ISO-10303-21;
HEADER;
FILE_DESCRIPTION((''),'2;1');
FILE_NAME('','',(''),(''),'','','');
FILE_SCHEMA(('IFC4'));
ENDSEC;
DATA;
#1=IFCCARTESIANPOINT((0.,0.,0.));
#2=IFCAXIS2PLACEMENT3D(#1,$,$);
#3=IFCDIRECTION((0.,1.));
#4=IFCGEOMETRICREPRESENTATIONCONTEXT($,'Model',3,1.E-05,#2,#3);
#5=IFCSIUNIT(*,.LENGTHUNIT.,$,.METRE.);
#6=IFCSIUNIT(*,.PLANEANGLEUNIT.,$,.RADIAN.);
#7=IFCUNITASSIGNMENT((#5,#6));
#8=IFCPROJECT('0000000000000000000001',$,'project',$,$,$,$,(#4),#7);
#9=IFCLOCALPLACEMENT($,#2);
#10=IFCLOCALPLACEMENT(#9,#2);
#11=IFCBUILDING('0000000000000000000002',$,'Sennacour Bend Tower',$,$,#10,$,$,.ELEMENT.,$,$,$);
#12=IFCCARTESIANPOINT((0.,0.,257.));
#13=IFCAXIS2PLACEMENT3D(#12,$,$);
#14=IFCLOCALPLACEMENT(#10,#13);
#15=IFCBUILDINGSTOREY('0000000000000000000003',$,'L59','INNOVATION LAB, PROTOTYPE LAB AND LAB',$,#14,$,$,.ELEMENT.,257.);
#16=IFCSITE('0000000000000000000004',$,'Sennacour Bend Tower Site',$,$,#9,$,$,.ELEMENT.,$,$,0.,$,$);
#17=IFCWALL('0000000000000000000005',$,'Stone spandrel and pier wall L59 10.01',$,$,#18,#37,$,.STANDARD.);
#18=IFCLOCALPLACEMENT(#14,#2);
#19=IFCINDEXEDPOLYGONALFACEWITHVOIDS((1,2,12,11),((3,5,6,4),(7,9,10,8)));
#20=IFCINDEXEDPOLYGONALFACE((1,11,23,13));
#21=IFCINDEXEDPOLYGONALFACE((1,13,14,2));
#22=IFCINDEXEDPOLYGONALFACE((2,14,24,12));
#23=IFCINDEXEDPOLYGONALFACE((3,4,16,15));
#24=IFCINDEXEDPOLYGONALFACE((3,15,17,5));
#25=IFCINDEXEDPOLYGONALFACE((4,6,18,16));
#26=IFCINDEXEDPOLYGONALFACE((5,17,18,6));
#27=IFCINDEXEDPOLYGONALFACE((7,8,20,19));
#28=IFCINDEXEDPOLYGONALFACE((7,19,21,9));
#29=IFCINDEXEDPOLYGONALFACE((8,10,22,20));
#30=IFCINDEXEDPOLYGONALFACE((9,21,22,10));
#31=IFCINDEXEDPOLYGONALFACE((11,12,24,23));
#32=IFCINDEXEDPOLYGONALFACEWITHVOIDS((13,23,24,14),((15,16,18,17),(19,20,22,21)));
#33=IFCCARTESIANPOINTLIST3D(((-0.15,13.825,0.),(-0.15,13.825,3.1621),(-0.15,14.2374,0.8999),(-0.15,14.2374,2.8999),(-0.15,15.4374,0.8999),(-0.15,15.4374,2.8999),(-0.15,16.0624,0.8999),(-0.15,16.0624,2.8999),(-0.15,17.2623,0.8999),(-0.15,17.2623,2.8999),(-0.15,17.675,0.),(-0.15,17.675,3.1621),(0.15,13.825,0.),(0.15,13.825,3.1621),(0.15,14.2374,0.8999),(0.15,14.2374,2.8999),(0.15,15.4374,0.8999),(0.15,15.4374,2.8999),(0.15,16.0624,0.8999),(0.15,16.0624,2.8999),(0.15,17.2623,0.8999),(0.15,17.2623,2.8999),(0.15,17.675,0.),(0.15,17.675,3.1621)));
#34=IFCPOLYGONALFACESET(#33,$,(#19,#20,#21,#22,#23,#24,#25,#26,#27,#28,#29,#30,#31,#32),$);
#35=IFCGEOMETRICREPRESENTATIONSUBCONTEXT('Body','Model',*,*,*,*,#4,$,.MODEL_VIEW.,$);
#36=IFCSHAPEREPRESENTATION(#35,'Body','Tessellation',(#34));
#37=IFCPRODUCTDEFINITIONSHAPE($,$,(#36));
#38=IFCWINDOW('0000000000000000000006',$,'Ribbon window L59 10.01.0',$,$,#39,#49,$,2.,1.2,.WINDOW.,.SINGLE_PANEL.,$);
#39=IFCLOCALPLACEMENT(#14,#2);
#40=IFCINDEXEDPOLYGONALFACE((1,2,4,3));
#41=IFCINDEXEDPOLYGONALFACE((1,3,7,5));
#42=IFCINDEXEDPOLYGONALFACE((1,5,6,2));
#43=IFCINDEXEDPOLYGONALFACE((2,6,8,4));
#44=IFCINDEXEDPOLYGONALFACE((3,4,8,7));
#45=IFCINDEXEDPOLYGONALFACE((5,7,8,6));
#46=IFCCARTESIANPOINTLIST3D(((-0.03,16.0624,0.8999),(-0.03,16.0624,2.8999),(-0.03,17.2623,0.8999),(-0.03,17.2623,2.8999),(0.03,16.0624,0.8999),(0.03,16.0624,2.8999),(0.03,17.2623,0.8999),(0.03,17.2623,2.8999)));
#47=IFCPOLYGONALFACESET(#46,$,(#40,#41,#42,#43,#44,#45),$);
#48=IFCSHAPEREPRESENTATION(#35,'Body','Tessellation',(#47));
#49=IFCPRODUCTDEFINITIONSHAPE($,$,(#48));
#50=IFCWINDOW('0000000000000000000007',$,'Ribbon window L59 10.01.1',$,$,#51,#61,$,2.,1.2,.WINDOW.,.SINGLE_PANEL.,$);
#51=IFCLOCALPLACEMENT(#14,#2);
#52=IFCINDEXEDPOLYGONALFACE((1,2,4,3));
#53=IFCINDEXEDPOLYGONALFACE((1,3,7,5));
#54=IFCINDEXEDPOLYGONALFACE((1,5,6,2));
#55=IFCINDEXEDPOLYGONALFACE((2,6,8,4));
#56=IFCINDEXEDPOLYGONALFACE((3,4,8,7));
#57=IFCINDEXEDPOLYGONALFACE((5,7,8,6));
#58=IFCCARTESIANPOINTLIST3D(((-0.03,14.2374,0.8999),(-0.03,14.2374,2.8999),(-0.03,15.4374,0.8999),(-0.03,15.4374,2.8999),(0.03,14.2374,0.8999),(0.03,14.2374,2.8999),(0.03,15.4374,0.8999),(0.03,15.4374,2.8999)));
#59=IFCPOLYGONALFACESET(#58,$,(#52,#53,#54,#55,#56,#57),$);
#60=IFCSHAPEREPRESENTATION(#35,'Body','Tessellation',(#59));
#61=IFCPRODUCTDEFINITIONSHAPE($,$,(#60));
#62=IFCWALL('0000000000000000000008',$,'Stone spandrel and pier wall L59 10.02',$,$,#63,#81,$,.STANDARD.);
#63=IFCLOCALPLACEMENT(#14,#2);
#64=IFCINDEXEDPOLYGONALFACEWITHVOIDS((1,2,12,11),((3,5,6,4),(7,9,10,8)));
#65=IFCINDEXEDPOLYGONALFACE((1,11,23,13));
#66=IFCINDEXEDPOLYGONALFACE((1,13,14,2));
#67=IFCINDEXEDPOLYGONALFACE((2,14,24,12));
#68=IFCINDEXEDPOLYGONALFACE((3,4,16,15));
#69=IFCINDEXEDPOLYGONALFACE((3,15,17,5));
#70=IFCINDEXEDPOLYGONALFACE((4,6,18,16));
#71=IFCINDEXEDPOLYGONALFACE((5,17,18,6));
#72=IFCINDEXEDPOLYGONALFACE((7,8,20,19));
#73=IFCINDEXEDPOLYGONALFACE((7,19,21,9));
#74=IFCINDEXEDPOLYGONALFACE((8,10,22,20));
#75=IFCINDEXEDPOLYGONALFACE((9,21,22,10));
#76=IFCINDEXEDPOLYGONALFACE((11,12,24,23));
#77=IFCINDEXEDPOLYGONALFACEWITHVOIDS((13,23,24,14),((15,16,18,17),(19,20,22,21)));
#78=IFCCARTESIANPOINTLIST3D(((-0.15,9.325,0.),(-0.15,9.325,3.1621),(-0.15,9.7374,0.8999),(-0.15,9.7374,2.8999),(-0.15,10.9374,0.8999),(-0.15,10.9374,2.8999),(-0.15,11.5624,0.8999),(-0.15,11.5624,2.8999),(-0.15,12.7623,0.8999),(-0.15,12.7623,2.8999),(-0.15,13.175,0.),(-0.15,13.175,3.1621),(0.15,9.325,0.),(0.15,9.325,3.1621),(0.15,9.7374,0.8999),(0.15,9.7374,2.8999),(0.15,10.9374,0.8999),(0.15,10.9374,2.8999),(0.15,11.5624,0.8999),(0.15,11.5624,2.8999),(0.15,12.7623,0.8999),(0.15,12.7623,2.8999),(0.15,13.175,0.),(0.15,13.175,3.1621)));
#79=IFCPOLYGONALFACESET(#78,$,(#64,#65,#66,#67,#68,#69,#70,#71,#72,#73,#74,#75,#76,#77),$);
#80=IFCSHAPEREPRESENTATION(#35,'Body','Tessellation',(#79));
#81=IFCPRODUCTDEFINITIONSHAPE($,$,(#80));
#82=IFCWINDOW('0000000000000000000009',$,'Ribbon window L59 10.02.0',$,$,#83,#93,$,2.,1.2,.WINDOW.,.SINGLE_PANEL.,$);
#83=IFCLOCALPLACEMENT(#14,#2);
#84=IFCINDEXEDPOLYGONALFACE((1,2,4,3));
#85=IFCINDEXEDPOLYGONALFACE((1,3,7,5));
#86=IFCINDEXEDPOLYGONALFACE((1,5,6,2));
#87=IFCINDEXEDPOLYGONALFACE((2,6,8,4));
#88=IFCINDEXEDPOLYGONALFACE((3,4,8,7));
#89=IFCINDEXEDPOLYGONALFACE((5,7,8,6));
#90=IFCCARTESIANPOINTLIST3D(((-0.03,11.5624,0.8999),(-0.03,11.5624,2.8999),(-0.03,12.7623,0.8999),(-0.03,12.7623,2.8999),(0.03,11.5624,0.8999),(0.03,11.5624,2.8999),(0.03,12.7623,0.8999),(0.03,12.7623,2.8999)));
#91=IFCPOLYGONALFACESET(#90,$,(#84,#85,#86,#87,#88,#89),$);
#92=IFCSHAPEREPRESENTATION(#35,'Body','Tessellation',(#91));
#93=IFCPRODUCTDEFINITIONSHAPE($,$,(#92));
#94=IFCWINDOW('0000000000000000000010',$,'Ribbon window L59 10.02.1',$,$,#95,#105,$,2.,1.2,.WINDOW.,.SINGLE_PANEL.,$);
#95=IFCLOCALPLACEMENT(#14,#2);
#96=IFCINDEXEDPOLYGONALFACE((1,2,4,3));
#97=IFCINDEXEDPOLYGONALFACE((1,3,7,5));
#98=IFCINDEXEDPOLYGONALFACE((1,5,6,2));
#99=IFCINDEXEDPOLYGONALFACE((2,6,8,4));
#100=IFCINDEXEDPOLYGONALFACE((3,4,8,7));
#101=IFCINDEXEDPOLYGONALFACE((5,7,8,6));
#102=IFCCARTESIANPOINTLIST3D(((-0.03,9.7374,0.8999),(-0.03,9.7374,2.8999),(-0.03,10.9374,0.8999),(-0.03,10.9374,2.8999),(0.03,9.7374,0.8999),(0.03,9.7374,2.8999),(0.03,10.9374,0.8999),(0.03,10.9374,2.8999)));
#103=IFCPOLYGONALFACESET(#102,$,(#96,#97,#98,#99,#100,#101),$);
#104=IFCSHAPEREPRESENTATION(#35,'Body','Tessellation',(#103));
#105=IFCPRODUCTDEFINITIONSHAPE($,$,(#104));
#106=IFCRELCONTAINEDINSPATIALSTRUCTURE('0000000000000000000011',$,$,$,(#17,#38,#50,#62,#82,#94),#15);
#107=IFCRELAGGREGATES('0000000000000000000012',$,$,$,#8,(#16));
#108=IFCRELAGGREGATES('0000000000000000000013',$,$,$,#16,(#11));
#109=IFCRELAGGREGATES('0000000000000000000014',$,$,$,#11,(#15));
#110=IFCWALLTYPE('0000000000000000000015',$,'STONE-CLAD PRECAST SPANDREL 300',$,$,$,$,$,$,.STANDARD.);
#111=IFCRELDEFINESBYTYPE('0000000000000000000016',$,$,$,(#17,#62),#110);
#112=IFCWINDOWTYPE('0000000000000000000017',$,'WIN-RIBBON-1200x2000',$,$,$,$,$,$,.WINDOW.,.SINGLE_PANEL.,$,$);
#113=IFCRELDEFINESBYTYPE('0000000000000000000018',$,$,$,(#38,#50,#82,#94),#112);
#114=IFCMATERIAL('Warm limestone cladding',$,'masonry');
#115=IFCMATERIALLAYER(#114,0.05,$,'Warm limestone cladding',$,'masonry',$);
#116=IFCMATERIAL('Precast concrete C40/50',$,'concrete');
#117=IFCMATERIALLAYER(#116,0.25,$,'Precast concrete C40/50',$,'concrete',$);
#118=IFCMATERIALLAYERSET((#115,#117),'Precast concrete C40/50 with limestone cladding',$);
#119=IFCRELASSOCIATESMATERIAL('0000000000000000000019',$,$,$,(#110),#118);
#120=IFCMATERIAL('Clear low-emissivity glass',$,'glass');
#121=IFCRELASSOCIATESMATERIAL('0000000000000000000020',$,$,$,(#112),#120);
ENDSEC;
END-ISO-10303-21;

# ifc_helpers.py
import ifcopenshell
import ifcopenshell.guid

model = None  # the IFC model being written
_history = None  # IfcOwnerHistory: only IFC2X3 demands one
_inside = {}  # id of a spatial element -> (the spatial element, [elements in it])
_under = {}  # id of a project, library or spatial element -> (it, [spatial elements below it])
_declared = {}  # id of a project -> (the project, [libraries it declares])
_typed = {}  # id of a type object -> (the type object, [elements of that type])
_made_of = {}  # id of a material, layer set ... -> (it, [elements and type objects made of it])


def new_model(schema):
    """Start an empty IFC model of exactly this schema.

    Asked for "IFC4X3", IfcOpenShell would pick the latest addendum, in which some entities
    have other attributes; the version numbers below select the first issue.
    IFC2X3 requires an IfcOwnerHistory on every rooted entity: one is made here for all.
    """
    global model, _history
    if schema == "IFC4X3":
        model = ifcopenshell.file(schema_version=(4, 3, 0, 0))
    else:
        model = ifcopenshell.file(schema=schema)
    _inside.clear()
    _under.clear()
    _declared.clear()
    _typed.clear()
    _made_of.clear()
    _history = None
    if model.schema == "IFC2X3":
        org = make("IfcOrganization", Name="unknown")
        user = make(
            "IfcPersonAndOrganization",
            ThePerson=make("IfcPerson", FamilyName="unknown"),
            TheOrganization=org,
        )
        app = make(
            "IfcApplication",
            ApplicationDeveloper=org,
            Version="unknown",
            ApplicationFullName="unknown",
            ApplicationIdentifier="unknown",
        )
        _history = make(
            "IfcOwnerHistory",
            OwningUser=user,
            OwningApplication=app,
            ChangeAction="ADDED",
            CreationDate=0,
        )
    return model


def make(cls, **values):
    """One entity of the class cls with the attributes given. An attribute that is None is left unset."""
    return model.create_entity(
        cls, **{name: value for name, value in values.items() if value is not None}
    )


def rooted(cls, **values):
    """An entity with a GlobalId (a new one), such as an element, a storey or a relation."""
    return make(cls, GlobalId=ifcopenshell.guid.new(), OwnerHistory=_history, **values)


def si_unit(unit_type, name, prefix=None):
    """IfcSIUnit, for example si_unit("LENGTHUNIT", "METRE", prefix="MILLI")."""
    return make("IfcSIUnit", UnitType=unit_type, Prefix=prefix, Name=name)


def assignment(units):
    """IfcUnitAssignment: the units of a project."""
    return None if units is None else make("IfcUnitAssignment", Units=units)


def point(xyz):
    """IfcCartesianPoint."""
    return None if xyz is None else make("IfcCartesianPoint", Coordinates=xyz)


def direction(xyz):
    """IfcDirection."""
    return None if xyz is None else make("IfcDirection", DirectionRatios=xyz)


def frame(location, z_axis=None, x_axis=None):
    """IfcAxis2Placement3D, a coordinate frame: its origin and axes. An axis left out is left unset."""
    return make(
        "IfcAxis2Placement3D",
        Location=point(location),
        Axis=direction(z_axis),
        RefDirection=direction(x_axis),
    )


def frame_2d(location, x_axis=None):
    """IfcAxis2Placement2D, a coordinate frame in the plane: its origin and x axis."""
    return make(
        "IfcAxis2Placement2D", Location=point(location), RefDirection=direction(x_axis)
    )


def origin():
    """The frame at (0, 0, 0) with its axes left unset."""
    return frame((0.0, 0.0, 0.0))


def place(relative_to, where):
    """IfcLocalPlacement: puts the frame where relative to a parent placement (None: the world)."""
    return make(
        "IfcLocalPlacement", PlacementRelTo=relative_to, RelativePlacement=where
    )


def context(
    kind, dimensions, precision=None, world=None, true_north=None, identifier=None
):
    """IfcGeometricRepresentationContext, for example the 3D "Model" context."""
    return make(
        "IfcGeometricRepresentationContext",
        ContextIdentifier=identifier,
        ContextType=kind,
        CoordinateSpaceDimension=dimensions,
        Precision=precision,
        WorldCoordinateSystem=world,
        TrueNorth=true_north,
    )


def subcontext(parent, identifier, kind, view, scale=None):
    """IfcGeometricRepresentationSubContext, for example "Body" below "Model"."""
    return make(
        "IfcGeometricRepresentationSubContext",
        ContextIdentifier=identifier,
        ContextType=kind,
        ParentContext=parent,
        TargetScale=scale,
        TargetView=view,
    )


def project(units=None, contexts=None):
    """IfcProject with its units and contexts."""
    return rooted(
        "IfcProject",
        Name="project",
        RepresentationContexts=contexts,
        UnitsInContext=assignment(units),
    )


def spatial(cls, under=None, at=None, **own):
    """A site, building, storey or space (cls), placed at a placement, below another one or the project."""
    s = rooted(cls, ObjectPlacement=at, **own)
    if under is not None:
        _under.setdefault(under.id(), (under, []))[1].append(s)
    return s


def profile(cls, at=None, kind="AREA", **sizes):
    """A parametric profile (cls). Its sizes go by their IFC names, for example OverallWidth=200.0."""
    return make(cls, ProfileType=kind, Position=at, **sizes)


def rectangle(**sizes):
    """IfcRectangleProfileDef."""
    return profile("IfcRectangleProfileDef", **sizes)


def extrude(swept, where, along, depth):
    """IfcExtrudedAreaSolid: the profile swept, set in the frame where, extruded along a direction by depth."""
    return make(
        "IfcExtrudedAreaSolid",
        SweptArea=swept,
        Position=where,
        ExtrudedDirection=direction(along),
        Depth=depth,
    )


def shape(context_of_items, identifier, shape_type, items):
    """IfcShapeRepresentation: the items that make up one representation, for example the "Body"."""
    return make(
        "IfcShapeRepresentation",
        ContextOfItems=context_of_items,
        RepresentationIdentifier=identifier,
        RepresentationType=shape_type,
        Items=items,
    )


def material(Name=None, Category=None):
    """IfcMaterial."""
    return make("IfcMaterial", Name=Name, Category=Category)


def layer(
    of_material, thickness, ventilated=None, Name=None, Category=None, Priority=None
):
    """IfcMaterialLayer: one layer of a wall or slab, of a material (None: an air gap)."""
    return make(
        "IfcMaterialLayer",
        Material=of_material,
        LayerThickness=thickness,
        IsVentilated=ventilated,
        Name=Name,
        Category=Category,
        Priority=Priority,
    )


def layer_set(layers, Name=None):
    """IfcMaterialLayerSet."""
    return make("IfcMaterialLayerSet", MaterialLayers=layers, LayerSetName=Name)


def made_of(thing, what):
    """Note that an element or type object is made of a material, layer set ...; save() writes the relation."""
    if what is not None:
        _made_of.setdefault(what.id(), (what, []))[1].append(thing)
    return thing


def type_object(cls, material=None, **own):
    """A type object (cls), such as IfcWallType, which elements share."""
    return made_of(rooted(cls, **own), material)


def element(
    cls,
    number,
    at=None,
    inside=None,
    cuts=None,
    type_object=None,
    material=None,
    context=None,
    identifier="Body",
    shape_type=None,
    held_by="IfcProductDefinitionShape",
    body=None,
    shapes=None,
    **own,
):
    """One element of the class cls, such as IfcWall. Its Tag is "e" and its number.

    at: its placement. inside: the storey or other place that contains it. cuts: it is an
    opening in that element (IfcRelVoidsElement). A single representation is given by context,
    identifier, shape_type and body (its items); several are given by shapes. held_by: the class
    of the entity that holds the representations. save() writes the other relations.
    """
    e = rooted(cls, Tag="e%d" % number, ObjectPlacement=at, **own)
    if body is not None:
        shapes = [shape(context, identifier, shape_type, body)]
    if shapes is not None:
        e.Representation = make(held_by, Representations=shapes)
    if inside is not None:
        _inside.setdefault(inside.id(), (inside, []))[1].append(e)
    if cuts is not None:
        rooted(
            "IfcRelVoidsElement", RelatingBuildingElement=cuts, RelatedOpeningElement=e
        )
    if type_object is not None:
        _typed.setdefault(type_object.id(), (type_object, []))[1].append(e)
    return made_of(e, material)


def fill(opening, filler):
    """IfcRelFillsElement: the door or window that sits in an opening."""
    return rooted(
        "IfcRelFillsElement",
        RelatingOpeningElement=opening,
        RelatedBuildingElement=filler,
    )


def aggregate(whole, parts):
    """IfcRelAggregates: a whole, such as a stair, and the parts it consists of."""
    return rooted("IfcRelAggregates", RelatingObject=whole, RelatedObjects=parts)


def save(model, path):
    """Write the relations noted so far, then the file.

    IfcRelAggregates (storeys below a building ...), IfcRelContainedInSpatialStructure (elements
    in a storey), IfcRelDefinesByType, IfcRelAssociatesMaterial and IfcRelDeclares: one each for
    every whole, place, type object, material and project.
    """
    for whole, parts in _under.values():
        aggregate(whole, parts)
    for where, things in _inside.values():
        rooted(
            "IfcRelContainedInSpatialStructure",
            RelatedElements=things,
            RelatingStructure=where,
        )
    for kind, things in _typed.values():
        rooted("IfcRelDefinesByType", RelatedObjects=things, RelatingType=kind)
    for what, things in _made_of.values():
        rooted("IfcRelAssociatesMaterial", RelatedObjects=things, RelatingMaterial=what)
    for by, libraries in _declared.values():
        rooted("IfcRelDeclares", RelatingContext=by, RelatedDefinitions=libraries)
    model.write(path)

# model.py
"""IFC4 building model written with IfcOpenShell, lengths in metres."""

from ifc_helpers import new_model, si_unit, direction, frame, frame_2d, origin, place, context, subcontext, project, spatial, rectangle, extrude, material, layer, layer_set, type_object, element, fill, save


model = new_model("IFC4")

# Units and contexts
model_context = context("Model", 3, precision=1e-05, world=origin(), true_north=direction((0.0, 1.0)))
body_context = subcontext(model_context, "Body", "Model", "MODEL_VIEW")
ifc_project = project(units=[si_unit("LENGTHUNIT", "METRE"), si_unit("PLANEANGLEUNIT", "RADIAN")], contexts=[model_context])

# Site, building, storey
site_placement = place(None, origin())
site = spatial("IfcSite", under=ifc_project, at=site_placement, Name="Sennacour Bend Tower Site", CompositionType="ELEMENT", RefElevation=0.0)
building_placement = place(site_placement, origin())
building = spatial("IfcBuilding", under=site, at=building_placement, Name="Sennacour Bend Tower", CompositionType="ELEMENT")
storey_placement = place(building_placement, frame((0.0, 0.0, 257.0)))
storey = spatial("IfcBuildingStorey", under=building, at=storey_placement, Name="L59", Description="INNOVATION LAB, PROTOTYPE LAB AND LAB", CompositionType="ELEMENT", Elevation=257.0)

# Walls, openings, windows
ifc_material_1 = material(Name="Warm limestone cladding", Category="masonry")
ifc_layer_1 = layer(ifc_material_1, 0.05, Name="Warm limestone cladding", Category="masonry")
ifc_material_2 = material(Name="Precast concrete C40/50", Category="concrete")
ifc_layer_2 = layer(ifc_material_2, 0.25, Name="Precast concrete C40/50", Category="concrete")
ifc_layer_set_1 = layer_set([ifc_layer_1, ifc_layer_2], Name="Precast concrete C40/50 with limestone cladding")
wall_type_1 = type_object("IfcWallType", Name="STONE-CLAD PRECAST SPANDREL 300", PredefinedType="STANDARD", material=ifc_layer_set_1)
ifc_material_3 = material(Name="Clear low-emissivity glass", Category="glass")
window_type_1 = type_object("IfcWindowType", Name="WIN-RIBBON-1200x2000", PartitioningType="SINGLE_PANEL", PredefinedType="WINDOW", material=ifc_material_3)
wall_1_placement = place(storey_placement, frame((0.0, 17.675, 0.0), z_axis=(0.0, 0.0, 1.0), x_axis=(0.0, -1.0, 0.0)))
wall_1 = element("IfcWall", 1, at=wall_1_placement, inside=storey, type_object=wall_type_1, Name="Stone spandrel and pier wall L59 10.01", PredefinedType="STANDARD", context=body_context, shape_type="SweptSolid", body=[
    extrude(rectangle(XDim=3.8501, YDim=0.3, at=frame_2d((1.925, 0.0))), origin(), (0.0, 0.0, 1.0), 3.1621),
])
opening_1_placement = place(wall_1_placement, frame((0.4126, 0.0, 0.8999)))
opening_1 = element("IfcOpeningElement", 2, at=opening_1_placement, cuts=wall_1, PredefinedType="OPENING", context=body_context, shape_type="SweptSolid", body=[
    extrude(rectangle(XDim=1.2, YDim=2.0, at=frame_2d((0.6001, 1.0))), frame((0.0, 0.1602, 0.0), z_axis=(0.0, -1.0, 0.0), x_axis=(1.0, 0.0, 0.0)), (0.0, 0.0, 1.0), 0.3201),
])
opening_2_placement = place(wall_1_placement, frame((2.2375, 0.0, 0.8999)))
opening_2 = element("IfcOpeningElement", 3, at=opening_2_placement, cuts=wall_1, PredefinedType="OPENING", context=body_context, shape_type="SweptSolid", body=[
    extrude(rectangle(XDim=1.2, YDim=2.0, at=frame_2d((0.6001, 1.0))), frame((0.0, 0.1602, 0.0), z_axis=(0.0, -1.0, 0.0), x_axis=(1.0, 0.0, 0.0)), (0.0, 0.0, 1.0), 0.3201),
])
window_1_placement = place(opening_1_placement, origin())
window_1 = element("IfcWindow", 4, at=window_1_placement, inside=storey, type_object=window_type_1, Name="Ribbon window L59 10.01.0", OverallHeight=2.0, OverallWidth=1.2, PartitioningType="SINGLE_PANEL", PredefinedType="WINDOW", context=body_context, shape_type="SweptSolid", body=[
    extrude(rectangle(XDim=1.2, YDim=2.0, at=frame_2d((0.6001, 1.0))), frame((0.0, 0.03, 0.0), z_axis=(0.0, -1.0, 0.0), x_axis=(1.0, 0.0, 0.0)), (0.0, 0.0, 1.0), 0.0601),
])
fill(opening_1, window_1)
window_2_placement = place(opening_2_placement, origin())
window_2 = element("IfcWindow", 5, at=window_2_placement, inside=storey, type_object=window_type_1, Name="Ribbon window L59 10.01.1", OverallHeight=2.0, OverallWidth=1.2, PartitioningType="SINGLE_PANEL", PredefinedType="WINDOW", context=body_context, shape_type="SweptSolid", body=[
    extrude(rectangle(XDim=1.2, YDim=2.0, at=frame_2d((0.6001, 1.0))), frame((0.0, 0.03, 0.0), z_axis=(0.0, -1.0, 0.0), x_axis=(1.0, 0.0, 0.0)), (0.0, 0.0, 1.0), 0.0601),
])
fill(opening_2, window_2)
wall_2_placement = place(storey_placement, frame((0.0, 13.175, 0.0), z_axis=(0.0, 0.0, 1.0), x_axis=(0.0, -1.0, 0.0)))
wall_2 = element("IfcWall", 6, at=wall_2_placement, inside=storey, type_object=wall_type_1, Name="Stone spandrel and pier wall L59 10.02", PredefinedType="STANDARD", context=body_context, shape_type="SweptSolid", body=[
    extrude(rectangle(XDim=3.8501, YDim=0.3, at=frame_2d((1.925, 0.0))), origin(), (0.0, 0.0, 1.0), 3.1621),
])
opening_3_placement = place(wall_2_placement, frame((0.4126, 0.0, 0.8999)))
opening_3 = element("IfcOpeningElement", 7, at=opening_3_placement, cuts=wall_2, PredefinedType="OPENING", context=body_context, shape_type="SweptSolid", body=[
    extrude(rectangle(XDim=1.2, YDim=2.0, at=frame_2d((0.6001, 1.0))), frame((0.0, 0.1602, 0.0), z_axis=(0.0, -1.0, 0.0), x_axis=(1.0, 0.0, 0.0)), (0.0, 0.0, 1.0), 0.3201),
])
opening_4_placement = place(wall_2_placement, frame((2.2375, 0.0, 0.8999)))
opening_4 = element("IfcOpeningElement", 8, at=opening_4_placement, cuts=wall_2, PredefinedType="OPENING", context=body_context, shape_type="SweptSolid", body=[
    extrude(rectangle(XDim=1.2, YDim=2.0, at=frame_2d((0.6001, 1.0))), frame((0.0, 0.1602, 0.0), z_axis=(0.0, -1.0, 0.0), x_axis=(1.0, 0.0, 0.0)), (0.0, 0.0, 1.0), 0.3201),
])
window_3_placement = place(opening_3_placement, origin())
window_3 = element("IfcWindow", 9, at=window_3_placement, inside=storey, type_object=window_type_1, Name="Ribbon window L59 10.02.0", OverallHeight=2.0, OverallWidth=1.2, PartitioningType="SINGLE_PANEL", PredefinedType="WINDOW", context=body_context, shape_type="SweptSolid", body=[
    extrude(rectangle(XDim=1.2, YDim=2.0, at=frame_2d((0.6001, 1.0))), frame((0.0, 0.03, 0.0), z_axis=(0.0, -1.0, 0.0), x_axis=(1.0, 0.0, 0.0)), (0.0, 0.0, 1.0), 0.0601),
])
fill(opening_3, window_3)
window_4_placement = place(opening_4_placement, origin())
window_4 = element("IfcWindow", 10, at=window_4_placement, inside=storey, type_object=window_type_1, Name="Ribbon window L59 10.02.1", OverallHeight=2.0, OverallWidth=1.2, PartitioningType="SINGLE_PANEL", PredefinedType="WINDOW", context=body_context, shape_type="SweptSolid", body=[
    extrude(rectangle(XDim=1.2, YDim=2.0, at=frame_2d((0.6001, 1.0))), frame((0.0, 0.03, 0.0), z_axis=(0.0, -1.0, 0.0), x_axis=(1.0, 0.0, 0.0)), (0.0, 0.0, 1.0), 0.0601),
])
fill(opening_4, window_4)

save(model, "model.ifc")
